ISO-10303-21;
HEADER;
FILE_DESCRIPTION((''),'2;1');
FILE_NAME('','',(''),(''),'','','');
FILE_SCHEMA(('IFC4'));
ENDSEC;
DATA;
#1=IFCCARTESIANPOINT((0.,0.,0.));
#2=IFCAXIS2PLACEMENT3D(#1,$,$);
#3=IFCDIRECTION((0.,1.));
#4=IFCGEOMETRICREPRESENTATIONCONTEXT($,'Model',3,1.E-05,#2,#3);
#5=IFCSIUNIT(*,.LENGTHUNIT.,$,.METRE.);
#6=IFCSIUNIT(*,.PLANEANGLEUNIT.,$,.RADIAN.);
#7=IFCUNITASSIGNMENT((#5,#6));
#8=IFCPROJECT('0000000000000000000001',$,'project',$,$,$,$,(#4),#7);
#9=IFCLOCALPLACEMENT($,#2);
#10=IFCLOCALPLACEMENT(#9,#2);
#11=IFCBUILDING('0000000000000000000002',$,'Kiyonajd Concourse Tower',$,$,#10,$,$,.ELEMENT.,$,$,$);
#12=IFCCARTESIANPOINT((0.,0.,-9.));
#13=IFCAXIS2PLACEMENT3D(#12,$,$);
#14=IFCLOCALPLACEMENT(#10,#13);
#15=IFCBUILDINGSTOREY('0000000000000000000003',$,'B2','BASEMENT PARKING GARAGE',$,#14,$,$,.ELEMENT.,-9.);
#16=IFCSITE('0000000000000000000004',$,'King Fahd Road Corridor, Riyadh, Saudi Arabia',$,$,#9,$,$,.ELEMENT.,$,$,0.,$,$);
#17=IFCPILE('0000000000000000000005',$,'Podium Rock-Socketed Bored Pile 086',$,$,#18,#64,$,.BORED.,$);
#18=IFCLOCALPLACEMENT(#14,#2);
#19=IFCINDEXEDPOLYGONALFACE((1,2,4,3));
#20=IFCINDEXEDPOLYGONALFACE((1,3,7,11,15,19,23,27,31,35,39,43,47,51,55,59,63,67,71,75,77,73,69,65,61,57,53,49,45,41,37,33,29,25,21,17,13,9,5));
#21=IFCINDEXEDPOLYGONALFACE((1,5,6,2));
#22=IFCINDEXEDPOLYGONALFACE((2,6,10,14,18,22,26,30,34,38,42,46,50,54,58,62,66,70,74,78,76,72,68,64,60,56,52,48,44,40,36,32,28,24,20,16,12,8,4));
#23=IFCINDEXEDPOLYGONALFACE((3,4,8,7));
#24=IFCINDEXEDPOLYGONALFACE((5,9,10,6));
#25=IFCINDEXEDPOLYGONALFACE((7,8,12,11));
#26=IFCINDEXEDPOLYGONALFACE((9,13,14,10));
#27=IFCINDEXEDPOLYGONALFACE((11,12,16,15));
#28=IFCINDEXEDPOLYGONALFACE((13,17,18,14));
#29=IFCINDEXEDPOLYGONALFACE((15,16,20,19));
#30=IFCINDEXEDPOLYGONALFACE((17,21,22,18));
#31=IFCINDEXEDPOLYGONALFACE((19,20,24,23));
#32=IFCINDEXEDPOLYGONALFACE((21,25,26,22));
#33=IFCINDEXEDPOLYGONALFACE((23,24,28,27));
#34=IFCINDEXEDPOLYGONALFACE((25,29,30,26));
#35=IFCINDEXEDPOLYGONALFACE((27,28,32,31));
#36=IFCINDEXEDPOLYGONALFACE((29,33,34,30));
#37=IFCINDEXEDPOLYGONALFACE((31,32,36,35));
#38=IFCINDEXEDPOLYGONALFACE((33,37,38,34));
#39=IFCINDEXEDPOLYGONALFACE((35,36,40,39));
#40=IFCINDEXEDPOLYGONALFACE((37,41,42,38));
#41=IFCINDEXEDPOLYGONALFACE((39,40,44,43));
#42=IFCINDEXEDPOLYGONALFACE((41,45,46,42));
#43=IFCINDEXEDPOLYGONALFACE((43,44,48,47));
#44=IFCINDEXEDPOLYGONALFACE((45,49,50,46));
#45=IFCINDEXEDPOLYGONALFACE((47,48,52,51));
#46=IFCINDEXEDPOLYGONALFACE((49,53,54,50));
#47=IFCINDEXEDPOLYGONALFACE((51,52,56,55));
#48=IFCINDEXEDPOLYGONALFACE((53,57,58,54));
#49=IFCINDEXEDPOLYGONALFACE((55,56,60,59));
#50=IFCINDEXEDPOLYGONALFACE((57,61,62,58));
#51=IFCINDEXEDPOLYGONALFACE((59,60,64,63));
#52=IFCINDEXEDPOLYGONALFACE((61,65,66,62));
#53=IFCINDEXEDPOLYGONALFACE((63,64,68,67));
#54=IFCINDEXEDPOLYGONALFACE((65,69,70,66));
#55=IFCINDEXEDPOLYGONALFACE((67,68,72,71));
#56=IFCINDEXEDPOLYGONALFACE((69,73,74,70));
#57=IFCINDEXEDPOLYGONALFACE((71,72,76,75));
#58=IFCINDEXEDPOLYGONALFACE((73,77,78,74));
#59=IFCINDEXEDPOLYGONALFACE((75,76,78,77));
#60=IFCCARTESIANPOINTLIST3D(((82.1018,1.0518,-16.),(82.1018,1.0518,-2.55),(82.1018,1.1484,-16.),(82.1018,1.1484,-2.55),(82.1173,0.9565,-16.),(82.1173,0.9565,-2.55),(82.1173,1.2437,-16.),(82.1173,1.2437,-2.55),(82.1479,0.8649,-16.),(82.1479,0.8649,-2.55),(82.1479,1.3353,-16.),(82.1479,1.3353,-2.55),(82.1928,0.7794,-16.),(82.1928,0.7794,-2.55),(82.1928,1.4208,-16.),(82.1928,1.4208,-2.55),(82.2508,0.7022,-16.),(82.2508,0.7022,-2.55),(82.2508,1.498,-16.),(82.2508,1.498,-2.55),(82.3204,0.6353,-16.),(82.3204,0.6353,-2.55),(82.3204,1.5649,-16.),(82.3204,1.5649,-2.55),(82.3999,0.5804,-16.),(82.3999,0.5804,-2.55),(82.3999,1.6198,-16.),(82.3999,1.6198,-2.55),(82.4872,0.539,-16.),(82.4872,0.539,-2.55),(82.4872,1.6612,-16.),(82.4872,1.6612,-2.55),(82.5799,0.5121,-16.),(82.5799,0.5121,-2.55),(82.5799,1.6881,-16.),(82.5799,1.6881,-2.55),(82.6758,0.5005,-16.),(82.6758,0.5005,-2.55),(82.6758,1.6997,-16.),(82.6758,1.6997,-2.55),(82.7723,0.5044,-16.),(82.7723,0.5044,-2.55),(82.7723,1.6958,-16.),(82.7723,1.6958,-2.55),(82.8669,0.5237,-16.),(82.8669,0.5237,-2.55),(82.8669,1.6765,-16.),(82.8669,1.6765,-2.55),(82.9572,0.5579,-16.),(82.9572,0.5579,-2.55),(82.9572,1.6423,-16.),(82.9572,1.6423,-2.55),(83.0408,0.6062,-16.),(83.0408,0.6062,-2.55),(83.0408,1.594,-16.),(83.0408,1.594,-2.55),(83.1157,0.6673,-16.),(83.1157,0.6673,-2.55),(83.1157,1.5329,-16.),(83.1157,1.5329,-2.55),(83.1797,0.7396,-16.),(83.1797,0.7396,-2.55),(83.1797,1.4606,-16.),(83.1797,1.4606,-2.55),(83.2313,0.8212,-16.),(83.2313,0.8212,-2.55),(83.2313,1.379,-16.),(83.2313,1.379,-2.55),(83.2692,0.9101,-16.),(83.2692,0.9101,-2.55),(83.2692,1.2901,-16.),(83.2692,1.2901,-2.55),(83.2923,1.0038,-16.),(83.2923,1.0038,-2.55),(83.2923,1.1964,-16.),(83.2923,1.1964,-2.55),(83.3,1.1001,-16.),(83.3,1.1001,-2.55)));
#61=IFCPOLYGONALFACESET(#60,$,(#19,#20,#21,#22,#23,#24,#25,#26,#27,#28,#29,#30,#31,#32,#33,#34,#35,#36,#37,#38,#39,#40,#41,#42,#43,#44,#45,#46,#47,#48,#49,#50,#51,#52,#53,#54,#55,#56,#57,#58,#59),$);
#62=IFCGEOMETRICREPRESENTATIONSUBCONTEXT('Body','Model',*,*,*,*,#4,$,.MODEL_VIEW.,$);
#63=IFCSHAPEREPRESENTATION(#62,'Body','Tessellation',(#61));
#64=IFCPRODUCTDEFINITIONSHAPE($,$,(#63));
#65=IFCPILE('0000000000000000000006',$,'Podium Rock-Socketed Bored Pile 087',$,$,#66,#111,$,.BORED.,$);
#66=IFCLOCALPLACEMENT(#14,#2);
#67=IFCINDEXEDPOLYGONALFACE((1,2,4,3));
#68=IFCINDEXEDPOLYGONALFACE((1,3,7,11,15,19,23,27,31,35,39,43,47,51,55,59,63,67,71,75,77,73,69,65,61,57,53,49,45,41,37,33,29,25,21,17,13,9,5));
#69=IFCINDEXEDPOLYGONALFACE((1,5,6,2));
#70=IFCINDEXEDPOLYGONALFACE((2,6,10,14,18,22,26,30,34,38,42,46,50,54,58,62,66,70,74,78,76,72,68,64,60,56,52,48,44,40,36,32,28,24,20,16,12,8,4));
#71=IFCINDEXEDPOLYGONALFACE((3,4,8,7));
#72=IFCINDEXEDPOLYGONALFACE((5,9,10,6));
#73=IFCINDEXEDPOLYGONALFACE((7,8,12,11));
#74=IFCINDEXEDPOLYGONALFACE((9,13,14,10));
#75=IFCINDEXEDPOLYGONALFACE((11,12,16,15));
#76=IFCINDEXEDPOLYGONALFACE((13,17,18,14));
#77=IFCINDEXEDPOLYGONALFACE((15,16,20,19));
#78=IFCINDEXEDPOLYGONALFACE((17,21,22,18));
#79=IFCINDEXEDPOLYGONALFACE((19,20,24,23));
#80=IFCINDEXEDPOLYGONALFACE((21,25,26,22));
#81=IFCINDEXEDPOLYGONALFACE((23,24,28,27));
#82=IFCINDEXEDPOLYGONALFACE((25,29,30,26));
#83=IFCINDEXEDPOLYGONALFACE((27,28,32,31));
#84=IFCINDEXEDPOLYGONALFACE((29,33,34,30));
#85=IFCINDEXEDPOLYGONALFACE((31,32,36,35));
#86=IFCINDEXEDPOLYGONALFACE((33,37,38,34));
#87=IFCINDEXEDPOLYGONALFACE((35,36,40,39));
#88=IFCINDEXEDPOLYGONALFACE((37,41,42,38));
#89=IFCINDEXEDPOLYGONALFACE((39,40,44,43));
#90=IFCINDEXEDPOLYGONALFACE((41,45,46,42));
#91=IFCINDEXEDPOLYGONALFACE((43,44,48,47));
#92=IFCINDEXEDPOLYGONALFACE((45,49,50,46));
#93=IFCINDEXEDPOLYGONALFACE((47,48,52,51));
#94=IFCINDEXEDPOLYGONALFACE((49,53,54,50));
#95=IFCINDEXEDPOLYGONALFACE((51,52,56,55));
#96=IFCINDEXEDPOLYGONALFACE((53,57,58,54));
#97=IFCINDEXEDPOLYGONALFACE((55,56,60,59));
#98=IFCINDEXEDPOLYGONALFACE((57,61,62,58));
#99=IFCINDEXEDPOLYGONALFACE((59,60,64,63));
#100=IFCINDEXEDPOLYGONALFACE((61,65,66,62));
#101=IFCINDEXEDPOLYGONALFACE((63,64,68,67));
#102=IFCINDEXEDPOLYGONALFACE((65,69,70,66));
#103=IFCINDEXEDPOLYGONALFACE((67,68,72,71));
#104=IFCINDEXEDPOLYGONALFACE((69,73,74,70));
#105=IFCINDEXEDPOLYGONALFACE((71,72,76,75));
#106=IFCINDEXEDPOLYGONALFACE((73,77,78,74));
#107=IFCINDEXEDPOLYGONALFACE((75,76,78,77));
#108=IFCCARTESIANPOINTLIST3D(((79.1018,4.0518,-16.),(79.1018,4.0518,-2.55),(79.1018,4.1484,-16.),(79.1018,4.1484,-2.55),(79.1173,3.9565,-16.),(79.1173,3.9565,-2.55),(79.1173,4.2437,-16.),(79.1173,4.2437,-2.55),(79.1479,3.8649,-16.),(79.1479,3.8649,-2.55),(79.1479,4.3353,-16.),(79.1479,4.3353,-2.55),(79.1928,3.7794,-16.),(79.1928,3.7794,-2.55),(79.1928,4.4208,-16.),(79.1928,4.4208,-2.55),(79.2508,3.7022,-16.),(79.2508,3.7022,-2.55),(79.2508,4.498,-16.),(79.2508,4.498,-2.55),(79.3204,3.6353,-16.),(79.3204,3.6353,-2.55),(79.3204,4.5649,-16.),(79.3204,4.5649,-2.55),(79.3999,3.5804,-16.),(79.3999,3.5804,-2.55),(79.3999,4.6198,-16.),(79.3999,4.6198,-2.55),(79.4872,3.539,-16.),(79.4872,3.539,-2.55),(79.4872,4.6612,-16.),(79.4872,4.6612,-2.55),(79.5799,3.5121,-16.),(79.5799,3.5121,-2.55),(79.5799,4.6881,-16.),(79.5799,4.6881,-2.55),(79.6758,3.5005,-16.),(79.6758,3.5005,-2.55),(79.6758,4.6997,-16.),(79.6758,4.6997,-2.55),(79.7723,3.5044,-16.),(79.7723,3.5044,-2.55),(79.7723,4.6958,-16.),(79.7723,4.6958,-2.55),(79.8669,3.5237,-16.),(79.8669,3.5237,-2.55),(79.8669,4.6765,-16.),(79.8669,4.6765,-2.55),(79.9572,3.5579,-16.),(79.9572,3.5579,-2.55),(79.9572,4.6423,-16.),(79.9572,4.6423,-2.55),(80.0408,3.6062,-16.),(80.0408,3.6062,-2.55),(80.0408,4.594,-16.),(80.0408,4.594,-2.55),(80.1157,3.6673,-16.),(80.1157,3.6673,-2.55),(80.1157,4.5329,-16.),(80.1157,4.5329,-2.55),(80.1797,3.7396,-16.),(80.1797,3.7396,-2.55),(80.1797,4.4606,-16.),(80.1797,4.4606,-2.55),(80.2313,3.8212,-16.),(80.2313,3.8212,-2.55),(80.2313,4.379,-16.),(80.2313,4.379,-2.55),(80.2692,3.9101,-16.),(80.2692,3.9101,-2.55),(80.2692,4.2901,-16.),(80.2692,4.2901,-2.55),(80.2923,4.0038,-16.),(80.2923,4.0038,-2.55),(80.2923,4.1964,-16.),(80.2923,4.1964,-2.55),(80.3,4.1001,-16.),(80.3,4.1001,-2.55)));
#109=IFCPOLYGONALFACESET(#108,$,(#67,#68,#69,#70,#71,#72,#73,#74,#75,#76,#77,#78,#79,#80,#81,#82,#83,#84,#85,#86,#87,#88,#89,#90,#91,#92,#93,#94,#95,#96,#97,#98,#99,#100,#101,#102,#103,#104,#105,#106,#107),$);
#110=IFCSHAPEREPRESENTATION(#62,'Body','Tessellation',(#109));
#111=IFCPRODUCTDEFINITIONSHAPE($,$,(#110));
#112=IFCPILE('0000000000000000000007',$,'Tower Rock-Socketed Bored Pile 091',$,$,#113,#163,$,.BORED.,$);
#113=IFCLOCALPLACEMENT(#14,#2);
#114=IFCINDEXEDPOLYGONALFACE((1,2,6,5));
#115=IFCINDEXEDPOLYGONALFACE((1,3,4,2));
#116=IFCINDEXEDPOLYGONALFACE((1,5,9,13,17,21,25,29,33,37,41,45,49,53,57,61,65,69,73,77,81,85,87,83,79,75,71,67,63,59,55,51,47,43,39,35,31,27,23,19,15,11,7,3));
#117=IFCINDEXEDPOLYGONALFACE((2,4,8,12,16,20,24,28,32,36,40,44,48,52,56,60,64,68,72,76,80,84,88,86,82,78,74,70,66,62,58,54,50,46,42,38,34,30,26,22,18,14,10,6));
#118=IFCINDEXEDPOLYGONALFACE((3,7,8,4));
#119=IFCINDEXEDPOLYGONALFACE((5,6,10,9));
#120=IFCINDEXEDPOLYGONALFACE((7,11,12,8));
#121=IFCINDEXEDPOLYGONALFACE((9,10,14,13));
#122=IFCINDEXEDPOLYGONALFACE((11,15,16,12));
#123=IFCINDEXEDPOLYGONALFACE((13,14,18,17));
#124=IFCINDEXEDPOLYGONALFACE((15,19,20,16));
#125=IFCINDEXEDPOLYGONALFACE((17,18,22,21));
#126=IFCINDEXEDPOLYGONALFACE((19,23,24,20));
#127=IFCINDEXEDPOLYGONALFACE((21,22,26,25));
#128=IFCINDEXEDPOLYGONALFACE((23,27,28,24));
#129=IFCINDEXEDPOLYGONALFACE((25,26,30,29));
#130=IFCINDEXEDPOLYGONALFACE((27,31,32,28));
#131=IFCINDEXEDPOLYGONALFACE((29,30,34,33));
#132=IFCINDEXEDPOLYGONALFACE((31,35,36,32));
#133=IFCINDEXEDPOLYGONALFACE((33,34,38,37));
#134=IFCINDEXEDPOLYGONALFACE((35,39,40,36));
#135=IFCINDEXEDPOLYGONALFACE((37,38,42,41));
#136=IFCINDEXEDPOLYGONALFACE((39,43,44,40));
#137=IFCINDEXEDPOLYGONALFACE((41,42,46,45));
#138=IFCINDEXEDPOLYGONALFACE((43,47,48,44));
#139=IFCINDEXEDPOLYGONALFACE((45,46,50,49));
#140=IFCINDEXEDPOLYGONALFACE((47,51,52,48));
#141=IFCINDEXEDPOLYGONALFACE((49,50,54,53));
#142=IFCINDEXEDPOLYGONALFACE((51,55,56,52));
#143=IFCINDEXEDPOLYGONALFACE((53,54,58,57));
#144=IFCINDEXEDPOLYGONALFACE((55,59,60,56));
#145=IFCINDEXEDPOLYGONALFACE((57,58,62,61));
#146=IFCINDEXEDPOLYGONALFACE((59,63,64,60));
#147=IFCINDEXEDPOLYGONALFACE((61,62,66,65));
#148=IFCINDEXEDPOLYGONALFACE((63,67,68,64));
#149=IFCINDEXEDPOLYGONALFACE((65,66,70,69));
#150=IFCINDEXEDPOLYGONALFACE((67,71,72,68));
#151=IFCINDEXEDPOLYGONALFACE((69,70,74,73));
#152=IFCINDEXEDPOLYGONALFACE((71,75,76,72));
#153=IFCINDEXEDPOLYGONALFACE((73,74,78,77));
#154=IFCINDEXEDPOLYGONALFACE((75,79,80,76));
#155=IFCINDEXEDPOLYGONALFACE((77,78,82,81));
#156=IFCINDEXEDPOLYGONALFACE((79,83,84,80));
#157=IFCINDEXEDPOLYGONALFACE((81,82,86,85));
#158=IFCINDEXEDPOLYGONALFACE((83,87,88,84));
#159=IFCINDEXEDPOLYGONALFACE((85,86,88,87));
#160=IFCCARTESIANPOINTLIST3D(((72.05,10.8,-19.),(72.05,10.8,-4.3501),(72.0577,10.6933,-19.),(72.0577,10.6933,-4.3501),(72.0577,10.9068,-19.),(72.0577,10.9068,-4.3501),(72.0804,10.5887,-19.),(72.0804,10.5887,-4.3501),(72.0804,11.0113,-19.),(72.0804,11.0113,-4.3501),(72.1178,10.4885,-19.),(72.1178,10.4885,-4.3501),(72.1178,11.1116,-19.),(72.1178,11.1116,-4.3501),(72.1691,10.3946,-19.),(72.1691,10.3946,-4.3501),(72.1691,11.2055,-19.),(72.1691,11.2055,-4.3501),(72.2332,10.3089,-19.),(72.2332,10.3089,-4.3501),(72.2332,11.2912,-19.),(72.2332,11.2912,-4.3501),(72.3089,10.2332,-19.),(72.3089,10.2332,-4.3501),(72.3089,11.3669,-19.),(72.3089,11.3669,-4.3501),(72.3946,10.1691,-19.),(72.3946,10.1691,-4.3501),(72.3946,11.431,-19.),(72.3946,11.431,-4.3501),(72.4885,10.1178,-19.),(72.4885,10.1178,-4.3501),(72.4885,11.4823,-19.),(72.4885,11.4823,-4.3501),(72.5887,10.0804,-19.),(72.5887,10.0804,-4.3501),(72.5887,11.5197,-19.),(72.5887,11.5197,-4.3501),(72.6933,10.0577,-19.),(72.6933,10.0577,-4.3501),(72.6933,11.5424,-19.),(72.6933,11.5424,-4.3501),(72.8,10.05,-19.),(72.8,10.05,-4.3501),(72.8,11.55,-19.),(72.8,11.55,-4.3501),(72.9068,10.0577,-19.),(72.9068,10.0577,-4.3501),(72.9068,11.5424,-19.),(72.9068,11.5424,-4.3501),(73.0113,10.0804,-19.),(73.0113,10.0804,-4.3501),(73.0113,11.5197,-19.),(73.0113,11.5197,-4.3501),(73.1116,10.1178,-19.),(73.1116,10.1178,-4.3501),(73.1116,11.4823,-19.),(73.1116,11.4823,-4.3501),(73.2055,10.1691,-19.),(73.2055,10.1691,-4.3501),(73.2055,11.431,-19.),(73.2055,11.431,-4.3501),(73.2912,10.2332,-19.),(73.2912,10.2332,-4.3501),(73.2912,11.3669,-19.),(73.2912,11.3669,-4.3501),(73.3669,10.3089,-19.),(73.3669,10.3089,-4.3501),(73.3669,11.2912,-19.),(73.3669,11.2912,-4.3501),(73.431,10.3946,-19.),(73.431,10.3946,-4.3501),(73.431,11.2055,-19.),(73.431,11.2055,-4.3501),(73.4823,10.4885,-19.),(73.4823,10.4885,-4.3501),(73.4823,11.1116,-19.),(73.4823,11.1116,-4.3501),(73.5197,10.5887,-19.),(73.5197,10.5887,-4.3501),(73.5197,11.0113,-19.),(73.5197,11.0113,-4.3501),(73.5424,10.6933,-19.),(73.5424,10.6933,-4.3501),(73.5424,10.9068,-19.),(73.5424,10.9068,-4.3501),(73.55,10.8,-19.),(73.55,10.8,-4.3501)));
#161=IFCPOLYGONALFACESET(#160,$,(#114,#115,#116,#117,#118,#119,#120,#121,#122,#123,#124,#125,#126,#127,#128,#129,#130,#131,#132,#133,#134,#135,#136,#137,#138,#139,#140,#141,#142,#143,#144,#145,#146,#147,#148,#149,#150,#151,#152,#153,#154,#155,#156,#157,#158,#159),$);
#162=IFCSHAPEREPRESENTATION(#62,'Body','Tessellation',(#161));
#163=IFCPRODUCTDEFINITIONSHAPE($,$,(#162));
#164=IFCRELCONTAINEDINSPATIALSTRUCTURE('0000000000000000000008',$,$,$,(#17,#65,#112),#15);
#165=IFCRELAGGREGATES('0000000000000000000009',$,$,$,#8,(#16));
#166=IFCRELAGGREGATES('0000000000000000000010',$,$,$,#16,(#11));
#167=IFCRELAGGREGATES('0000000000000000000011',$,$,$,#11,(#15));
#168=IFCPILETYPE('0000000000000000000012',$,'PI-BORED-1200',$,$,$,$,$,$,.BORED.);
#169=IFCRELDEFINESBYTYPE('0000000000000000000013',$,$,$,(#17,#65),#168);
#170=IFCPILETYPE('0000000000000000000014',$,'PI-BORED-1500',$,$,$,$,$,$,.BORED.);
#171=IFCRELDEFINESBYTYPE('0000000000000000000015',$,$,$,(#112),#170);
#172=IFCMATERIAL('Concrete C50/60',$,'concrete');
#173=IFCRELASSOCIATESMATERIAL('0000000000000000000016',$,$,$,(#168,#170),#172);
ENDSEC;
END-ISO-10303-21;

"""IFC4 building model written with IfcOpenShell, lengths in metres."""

from ifc_helpers import new_model, si_unit, direction, frame, origin, origin_2d, place, context, subcontext, project, spatial, circle, extrude, material, material_profile, profile_set, type_object, element, save


model = new_model("IFC4")

# Units and contexts
model_context = context("Model", 3, precision=1e-05, world=origin(), true_north=direction((0.0, 1.0)))
body_context = subcontext(model_context, "Body", "Model", "MODEL_VIEW")
ifc_project = project(units=[si_unit("LENGTHUNIT", "METRE"), si_unit("PLANEANGLEUNIT", "RADIAN")], contexts=[model_context])

# Site, building, storey
site_placement = place(None, origin())
site = spatial("IfcSite", under=ifc_project, at=site_placement, Name="King Fahd Road Corridor, Riyadh, Saudi Arabia", CompositionType="ELEMENT", RefElevation=0.0)
building_placement = place(site_placement, origin())
building = spatial("IfcBuilding", under=site, at=building_placement, Name="Kiyonajd Concourse Tower", CompositionType="ELEMENT")
storey_placement = place(building_placement, frame((0.0, 0.0, -9.0)))
storey = spatial("IfcBuildingStorey", under=building, at=storey_placement, Name="B2", Description="BASEMENT PARKING GARAGE", CompositionType="ELEMENT", Elevation=-9.0)

# Shared definitions
ifc_material_1 = material(Name="Concrete C50/60", Category="concrete")

# Piles
ifc_material_profile_1 = material_profile(ifc_material_1, circle(Radius=0.6001, at=origin_2d()), Name="PILE-D1200")
ifc_profile_set_1 = profile_set([ifc_material_profile_1], Name="Concrete C50/60")
pile_type_1 = type_object("IfcPileType", Name="PI-BORED-1200", PredefinedType="BORED", material=ifc_profile_set_1)
for number, where, z_axis, x_axis, name in (
    (1, (82.7, 1.1001, -2.55), (0.0, 0.0, -1.0), (1.0, 0.0, 0.0), "Podium Rock-Socketed Bored Pile 086"),
    (2, (79.7, 4.1001, -2.55), (0.0, 0.0, -1.0), (1.0, 0.0, 0.0), "Podium Rock-Socketed Bored Pile 087"),
):
    element("IfcPile", number, at=place(storey_placement, frame(where, z_axis=z_axis, x_axis=x_axis)), inside=storey, type_object=pile_type_1, Name=name, PredefinedType="BORED", context=body_context, shape_type="SweptSolid", body=[
        extrude(circle(Radius=0.6001, at=origin_2d()), origin(), (0.0, 0.0, 1.0), 13.45),
    ])
ifc_material_profile_2 = material_profile(ifc_material_1, circle(Radius=0.75, at=origin_2d()), Name="PILE-D1500")
ifc_profile_set_2 = profile_set([ifc_material_profile_2], Name="Concrete C50/60")
pile_type_2 = type_object("IfcPileType", Name="PI-BORED-1500", PredefinedType="BORED", material=ifc_profile_set_2)
for number, where, z_axis, x_axis, name in (
    (3, (72.8, 10.8, -4.3501), (0.0, 0.0, -1.0), (1.0, 0.0, 0.0), "Tower Rock-Socketed Bored Pile 091"),
):
    element("IfcPile", number, at=place(storey_placement, frame(where, z_axis=z_axis, x_axis=x_axis)), inside=storey, type_object=pile_type_2, Name=name, PredefinedType="BORED", context=body_context, shape_type="SweptSolid", body=[
        extrude(circle(Radius=0.75, at=origin_2d()), origin(), (0.0, 0.0, 1.0), 14.6499),
    ])

save(model, "model.ifc")
